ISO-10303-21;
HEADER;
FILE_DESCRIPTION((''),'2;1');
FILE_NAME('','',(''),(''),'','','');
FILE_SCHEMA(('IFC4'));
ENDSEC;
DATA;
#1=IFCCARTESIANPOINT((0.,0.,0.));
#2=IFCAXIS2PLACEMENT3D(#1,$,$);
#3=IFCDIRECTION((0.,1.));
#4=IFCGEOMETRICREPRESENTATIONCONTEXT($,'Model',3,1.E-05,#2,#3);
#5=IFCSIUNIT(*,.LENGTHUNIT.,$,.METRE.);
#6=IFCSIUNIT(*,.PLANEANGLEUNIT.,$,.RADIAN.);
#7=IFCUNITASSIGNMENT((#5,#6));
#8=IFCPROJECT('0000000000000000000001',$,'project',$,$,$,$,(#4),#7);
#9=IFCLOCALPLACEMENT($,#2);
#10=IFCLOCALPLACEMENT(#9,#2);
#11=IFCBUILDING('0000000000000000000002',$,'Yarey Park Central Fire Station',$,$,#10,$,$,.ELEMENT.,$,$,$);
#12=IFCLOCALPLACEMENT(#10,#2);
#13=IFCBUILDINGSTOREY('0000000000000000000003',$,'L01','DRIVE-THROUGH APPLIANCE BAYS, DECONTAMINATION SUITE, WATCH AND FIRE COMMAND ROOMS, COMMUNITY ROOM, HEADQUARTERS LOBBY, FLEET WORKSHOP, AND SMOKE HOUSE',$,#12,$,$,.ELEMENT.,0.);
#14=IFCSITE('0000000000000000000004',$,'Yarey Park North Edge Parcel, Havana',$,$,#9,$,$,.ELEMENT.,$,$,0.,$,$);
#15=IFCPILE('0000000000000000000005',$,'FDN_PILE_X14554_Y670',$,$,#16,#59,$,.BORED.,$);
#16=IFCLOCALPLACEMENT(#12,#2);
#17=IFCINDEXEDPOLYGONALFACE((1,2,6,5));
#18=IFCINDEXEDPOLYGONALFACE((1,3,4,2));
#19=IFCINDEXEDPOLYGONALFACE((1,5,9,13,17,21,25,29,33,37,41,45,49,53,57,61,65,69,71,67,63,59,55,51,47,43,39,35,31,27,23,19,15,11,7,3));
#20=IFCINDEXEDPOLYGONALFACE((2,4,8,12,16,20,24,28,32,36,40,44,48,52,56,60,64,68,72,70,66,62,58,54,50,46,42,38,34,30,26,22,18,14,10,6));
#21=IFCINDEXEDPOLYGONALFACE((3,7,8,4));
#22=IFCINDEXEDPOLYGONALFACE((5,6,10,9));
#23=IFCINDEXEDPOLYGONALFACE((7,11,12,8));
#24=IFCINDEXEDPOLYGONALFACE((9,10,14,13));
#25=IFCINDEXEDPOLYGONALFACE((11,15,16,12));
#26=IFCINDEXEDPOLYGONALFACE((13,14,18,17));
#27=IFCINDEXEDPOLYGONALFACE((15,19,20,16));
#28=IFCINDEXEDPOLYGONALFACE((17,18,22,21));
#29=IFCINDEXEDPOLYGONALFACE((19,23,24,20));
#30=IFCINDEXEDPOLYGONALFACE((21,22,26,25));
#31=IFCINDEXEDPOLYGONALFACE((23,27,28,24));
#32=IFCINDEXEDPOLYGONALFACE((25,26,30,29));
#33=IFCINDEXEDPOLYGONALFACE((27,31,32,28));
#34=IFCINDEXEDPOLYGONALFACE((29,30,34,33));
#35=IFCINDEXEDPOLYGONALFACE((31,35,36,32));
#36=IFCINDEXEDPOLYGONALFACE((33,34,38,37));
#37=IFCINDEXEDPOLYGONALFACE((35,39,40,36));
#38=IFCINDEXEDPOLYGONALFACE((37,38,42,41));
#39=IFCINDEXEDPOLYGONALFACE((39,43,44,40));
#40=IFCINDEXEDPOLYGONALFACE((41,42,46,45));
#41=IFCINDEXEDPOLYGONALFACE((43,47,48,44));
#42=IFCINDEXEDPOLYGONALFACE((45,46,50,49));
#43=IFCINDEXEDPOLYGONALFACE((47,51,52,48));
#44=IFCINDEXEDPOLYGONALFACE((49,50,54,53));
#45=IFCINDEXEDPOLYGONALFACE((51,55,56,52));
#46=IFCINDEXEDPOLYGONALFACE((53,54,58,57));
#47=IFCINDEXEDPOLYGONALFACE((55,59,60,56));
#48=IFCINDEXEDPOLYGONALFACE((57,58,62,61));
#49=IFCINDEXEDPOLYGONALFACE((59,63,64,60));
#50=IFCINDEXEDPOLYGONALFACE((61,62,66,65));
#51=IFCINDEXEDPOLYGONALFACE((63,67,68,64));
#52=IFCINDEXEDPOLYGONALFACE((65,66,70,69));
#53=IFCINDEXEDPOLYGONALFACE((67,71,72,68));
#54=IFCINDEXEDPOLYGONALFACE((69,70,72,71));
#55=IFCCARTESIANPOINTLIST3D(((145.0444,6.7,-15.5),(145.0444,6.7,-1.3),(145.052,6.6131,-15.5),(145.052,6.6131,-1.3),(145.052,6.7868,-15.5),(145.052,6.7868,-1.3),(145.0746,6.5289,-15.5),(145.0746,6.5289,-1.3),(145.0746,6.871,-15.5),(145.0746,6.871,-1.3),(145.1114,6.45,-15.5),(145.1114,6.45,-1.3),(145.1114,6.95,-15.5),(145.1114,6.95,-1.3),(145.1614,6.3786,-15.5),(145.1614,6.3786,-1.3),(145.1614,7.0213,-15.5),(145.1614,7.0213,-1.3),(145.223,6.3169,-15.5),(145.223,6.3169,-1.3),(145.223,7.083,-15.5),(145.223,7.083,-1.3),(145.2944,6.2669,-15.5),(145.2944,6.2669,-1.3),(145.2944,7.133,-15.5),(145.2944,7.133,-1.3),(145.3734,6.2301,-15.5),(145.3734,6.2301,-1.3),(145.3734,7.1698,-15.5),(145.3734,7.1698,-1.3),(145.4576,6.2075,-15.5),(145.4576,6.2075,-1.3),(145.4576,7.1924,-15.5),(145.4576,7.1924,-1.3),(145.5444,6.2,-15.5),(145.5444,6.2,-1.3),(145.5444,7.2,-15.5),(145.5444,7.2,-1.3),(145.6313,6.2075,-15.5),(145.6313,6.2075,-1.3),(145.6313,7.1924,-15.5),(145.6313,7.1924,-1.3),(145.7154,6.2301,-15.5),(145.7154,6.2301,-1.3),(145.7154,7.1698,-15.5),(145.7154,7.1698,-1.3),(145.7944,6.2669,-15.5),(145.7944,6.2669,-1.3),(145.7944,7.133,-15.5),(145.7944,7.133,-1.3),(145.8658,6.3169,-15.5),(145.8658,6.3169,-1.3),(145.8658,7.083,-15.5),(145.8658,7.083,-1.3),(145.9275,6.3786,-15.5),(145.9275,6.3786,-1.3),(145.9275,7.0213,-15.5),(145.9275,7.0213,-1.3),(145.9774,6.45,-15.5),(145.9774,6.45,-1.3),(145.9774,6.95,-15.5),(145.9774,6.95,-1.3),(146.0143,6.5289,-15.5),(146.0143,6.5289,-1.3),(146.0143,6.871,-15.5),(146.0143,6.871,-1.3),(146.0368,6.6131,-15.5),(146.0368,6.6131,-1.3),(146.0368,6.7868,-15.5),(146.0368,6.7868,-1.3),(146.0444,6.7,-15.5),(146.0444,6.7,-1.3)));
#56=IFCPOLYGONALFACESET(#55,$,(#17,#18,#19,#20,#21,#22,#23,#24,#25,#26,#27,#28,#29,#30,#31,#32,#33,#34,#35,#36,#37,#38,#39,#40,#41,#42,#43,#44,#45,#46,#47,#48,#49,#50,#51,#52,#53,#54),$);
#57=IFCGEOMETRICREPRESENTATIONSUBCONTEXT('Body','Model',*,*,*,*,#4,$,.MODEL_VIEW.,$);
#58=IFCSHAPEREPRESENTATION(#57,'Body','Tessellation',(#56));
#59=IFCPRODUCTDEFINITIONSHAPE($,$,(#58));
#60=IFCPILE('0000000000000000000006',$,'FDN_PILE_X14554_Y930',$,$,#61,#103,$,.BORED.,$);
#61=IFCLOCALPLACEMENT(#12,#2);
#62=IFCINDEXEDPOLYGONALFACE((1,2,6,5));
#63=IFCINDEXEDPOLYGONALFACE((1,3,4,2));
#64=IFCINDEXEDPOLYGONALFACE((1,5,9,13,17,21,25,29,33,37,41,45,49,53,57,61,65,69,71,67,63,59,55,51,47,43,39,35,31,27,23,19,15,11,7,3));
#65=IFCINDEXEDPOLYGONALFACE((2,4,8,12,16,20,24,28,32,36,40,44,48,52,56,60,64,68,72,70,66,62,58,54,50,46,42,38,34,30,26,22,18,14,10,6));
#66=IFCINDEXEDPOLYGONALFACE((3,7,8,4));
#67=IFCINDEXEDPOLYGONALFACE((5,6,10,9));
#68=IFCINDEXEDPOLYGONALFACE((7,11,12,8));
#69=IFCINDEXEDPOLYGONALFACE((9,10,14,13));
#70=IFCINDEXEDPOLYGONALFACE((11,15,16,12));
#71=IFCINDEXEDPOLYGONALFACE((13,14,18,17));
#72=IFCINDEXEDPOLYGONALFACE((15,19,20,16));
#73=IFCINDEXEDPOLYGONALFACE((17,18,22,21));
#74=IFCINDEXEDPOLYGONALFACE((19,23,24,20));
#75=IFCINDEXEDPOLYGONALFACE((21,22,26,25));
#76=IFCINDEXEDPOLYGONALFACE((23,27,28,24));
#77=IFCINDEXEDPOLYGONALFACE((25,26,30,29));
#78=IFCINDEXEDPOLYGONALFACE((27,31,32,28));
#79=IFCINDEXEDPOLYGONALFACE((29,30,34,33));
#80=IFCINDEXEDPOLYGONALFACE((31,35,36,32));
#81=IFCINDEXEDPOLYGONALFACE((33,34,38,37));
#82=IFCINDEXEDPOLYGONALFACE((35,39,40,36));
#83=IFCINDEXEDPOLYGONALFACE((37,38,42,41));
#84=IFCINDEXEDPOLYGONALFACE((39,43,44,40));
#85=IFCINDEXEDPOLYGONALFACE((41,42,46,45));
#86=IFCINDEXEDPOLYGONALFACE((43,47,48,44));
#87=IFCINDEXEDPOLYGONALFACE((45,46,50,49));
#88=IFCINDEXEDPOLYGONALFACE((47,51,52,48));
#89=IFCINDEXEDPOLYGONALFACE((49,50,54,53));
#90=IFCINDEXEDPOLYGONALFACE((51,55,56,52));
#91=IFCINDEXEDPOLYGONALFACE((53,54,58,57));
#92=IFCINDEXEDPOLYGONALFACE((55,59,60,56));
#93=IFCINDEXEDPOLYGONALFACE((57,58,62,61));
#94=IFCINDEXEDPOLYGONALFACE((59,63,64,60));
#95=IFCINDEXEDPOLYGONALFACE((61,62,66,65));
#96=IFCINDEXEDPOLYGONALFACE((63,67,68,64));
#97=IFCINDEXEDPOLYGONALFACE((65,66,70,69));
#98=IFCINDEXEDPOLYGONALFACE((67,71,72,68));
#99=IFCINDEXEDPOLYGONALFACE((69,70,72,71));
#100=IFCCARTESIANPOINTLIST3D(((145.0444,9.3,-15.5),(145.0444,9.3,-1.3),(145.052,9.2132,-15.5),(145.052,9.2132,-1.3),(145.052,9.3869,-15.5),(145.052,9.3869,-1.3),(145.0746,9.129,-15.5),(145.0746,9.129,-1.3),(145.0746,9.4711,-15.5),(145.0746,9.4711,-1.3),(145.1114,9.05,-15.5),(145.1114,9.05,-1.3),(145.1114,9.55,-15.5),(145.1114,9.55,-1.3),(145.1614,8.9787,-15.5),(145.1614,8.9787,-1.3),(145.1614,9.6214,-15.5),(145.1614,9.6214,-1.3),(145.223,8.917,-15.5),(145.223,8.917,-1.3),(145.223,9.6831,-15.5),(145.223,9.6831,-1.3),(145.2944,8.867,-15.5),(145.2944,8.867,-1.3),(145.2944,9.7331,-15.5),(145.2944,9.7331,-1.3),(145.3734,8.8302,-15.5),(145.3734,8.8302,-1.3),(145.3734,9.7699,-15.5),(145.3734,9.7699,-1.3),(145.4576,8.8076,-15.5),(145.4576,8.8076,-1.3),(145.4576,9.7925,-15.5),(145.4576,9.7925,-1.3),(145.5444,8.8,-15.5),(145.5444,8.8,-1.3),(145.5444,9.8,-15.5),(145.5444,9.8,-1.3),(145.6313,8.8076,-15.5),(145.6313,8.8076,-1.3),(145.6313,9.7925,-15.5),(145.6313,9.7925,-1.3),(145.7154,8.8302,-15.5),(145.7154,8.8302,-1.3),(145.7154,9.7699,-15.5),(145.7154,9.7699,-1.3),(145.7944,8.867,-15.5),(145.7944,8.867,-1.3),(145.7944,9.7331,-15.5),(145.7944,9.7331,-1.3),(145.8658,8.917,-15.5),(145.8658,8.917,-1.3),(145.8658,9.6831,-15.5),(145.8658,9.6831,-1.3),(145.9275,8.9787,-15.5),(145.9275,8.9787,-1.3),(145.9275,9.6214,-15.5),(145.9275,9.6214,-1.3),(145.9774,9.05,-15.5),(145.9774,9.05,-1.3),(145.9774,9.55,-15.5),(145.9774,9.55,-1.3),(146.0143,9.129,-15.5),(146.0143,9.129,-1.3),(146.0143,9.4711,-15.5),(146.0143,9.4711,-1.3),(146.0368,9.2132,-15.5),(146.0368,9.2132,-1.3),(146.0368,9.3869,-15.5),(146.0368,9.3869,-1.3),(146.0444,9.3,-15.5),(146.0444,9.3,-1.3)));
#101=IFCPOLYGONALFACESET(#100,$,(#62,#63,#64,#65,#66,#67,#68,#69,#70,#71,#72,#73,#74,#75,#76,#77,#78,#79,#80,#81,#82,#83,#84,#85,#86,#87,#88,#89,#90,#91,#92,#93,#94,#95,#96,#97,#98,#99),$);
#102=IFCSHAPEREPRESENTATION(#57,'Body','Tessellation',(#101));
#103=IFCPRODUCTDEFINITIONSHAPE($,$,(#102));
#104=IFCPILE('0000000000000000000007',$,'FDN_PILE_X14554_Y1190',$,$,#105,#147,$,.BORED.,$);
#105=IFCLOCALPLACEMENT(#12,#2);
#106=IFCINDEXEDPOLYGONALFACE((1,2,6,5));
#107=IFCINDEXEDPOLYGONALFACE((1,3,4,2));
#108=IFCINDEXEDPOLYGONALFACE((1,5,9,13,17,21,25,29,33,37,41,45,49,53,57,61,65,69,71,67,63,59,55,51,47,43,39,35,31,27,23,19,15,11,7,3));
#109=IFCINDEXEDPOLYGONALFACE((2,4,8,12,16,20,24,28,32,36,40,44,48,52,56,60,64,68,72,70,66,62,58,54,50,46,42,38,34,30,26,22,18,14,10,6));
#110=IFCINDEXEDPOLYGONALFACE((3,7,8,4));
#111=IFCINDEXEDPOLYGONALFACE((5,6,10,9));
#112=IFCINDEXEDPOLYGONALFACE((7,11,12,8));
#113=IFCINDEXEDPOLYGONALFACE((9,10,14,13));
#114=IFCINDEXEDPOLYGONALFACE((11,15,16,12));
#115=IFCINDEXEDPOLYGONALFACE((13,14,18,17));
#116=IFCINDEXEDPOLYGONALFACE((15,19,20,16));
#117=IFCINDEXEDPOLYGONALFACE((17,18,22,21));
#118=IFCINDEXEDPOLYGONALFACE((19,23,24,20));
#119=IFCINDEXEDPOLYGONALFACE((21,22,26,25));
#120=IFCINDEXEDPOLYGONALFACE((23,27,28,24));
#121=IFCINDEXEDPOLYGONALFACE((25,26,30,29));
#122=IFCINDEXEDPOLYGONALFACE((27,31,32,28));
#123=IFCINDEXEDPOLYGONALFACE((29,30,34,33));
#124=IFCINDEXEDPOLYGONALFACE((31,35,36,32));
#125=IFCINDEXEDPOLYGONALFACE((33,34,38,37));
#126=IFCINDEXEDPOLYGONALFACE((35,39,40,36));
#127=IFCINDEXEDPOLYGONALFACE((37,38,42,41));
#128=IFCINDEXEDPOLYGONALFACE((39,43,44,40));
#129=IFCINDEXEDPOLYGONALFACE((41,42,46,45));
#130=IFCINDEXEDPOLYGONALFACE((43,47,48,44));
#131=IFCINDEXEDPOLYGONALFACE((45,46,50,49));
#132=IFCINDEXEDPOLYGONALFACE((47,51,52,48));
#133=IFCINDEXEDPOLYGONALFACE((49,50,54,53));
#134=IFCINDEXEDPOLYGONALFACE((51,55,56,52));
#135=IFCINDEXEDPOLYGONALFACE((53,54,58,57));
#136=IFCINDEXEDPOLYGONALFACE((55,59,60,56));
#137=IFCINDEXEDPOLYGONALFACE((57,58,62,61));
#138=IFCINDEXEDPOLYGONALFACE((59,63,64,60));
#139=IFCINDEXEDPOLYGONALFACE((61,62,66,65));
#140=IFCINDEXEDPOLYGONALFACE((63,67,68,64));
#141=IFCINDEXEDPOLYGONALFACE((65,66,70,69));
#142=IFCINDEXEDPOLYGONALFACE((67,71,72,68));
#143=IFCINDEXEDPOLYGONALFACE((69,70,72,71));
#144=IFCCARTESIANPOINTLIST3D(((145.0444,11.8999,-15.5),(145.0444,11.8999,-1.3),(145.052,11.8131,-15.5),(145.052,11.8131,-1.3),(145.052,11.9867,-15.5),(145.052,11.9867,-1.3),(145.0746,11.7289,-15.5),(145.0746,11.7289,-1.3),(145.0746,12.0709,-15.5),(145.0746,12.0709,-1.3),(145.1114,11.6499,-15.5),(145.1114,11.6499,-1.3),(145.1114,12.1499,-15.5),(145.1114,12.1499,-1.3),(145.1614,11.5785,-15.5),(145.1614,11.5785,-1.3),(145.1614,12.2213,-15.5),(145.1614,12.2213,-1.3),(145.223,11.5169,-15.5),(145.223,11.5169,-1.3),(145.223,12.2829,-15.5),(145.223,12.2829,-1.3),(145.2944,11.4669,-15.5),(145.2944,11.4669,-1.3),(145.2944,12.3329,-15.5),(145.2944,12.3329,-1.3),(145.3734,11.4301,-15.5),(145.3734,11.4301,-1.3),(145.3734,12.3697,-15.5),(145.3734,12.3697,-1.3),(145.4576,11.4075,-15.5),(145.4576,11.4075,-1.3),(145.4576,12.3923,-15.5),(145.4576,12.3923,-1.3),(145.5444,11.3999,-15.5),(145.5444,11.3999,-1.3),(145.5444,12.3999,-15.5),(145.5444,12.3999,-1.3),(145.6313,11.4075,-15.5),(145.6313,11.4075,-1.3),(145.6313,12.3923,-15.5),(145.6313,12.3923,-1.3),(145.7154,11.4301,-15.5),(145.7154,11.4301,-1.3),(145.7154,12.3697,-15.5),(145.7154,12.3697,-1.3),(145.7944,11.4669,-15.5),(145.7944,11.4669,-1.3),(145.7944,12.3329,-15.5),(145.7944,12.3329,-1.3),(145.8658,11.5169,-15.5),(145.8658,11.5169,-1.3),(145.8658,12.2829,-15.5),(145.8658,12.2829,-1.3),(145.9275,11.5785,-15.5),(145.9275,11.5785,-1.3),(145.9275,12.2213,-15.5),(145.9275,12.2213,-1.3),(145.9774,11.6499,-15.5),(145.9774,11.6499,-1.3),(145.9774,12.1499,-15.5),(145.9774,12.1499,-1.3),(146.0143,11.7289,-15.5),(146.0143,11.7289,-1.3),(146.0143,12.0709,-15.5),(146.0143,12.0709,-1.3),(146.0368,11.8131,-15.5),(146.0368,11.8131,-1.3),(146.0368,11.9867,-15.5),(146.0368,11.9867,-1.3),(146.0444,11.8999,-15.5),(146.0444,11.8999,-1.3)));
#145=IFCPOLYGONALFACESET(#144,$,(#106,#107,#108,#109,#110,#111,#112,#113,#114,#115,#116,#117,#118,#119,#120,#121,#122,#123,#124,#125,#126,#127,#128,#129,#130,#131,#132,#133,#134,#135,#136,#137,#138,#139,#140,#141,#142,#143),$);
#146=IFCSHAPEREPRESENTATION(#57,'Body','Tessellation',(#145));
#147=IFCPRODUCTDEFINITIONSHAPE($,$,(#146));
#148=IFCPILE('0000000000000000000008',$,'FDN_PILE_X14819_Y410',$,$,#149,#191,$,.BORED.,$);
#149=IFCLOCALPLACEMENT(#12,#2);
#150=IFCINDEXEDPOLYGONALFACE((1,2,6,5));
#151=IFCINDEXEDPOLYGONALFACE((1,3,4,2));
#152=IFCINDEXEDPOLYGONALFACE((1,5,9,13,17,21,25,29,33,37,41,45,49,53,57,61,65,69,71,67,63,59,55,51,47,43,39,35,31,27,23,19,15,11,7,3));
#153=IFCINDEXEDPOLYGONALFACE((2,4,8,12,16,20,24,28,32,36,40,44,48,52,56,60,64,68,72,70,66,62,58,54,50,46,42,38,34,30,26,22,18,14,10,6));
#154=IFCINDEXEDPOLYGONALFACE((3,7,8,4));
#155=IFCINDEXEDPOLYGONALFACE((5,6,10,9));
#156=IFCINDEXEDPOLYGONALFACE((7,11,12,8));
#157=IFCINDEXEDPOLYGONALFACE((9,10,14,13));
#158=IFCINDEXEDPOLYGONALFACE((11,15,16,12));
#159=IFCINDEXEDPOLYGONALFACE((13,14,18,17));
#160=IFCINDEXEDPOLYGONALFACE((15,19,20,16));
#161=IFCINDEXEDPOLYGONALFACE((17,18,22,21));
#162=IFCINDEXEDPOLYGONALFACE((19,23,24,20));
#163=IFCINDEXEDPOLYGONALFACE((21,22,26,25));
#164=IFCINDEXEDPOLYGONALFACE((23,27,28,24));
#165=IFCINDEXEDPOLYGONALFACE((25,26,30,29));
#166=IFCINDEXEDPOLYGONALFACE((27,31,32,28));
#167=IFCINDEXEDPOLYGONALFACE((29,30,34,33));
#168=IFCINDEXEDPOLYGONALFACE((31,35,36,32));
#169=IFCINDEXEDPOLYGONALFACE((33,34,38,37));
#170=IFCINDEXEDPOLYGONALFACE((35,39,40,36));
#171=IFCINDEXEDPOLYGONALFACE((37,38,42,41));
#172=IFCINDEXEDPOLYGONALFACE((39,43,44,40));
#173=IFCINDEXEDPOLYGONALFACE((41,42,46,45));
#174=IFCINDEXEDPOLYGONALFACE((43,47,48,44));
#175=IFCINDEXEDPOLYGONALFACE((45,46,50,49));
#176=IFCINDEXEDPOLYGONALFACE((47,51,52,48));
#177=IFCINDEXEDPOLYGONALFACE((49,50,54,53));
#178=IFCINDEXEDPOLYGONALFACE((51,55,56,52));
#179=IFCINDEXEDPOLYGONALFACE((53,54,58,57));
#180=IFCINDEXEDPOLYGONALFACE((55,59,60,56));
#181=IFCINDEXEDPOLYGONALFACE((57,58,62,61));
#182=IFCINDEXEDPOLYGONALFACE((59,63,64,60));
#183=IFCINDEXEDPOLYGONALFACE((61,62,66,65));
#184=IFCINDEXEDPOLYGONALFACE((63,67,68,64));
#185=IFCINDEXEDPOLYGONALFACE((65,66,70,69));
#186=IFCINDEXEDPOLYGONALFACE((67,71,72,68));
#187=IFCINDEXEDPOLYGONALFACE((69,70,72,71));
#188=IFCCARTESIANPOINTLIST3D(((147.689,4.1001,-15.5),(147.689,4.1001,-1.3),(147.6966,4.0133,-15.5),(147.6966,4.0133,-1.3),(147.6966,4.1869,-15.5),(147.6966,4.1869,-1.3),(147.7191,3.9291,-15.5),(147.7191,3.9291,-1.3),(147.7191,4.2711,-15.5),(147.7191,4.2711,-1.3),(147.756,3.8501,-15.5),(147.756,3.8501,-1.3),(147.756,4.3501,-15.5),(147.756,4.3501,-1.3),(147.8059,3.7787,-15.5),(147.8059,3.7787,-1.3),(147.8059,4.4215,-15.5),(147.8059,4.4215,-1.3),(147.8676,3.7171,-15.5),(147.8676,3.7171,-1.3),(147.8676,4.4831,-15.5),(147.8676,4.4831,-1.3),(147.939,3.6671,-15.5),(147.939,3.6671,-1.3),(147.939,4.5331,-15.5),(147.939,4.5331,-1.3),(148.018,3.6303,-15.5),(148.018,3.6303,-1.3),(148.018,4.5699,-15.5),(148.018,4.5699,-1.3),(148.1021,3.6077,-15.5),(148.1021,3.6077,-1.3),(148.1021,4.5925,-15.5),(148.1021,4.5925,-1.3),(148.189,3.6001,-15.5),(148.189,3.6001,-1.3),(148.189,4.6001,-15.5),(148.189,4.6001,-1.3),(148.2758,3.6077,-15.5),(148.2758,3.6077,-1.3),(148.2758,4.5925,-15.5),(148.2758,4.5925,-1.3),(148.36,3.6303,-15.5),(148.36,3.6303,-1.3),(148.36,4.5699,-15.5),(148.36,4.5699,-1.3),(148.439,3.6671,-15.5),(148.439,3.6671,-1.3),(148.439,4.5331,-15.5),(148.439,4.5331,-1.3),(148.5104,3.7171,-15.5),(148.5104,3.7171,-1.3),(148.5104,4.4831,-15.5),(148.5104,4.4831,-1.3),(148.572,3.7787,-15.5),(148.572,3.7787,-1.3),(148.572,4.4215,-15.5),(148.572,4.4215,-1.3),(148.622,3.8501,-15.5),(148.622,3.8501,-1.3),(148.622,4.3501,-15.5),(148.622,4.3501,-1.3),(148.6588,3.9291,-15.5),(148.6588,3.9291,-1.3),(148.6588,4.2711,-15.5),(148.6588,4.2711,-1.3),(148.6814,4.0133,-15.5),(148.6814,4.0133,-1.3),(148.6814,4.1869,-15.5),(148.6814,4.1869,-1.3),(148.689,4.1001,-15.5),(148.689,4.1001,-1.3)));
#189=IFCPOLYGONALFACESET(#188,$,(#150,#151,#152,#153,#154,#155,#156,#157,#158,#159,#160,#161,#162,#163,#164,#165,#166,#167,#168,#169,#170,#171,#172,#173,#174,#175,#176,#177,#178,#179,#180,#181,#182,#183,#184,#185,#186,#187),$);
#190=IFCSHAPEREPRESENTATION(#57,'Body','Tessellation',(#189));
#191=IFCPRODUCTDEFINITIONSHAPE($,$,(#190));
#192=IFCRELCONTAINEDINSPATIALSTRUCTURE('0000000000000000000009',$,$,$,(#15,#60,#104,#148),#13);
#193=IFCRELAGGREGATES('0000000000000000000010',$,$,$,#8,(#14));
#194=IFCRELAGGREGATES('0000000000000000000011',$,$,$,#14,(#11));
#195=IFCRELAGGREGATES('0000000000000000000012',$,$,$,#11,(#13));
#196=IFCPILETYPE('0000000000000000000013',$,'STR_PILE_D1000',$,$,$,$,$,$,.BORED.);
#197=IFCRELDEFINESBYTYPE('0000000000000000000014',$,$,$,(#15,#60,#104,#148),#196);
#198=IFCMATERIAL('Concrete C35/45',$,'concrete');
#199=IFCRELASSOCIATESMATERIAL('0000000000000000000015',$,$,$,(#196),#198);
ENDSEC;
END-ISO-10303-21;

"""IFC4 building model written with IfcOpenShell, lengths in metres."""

from ifc_helpers import new_model, si_unit, direction, frame, origin, origin_2d, place, context, subcontext, project, spatial, circle, extrude, material, material_profile, profile_set, type_object, element, save


model = new_model("IFC4")

# Units and contexts
model_context = context("Model", 3, precision=1e-05, world=origin(), true_north=direction((0.0, 1.0)))
body_context = subcontext(model_context, "Body", "Model", "MODEL_VIEW")
ifc_project = project(units=[si_unit("LENGTHUNIT", "METRE"), si_unit("PLANEANGLEUNIT", "RADIAN")], contexts=[model_context])

# Site, building, storey
site_placement = place(None, origin())
site = spatial("IfcSite", under=ifc_project, at=site_placement, Name="Yarey Park North Edge Parcel, Havana", CompositionType="ELEMENT", RefElevation=0.0)
building_placement = place(site_placement, origin())
building = spatial("IfcBuilding", under=site, at=building_placement, Name="Yarey Park Central Fire Station", CompositionType="ELEMENT")
storey_placement = place(building_placement, origin())
storey = spatial("IfcBuildingStorey", under=building, at=storey_placement, Name="L01", Description="DRIVE-THROUGH APPLIANCE BAYS, DECONTAMINATION SUITE, WATCH AND FIRE COMMAND ROOMS, COMMUNITY ROOM, HEADQUARTERS LOBBY, FLEET WORKSHOP, AND SMOKE HOUSE", CompositionType="ELEMENT", Elevation=0.0)

# Piles
ifc_material_1 = material(Name="Concrete C35/45", Category="concrete")
ifc_material_profile_1 = material_profile(ifc_material_1, circle(Radius=0.5, at=origin_2d()), Name="BORED PILE D1000")
ifc_profile_set_1 = profile_set([ifc_material_profile_1], Name="Concrete C35/45")
pile_type = type_object("IfcPileType", Name="STR_PILE_D1000", PredefinedType="BORED", material=ifc_profile_set_1)
for number, where, z_axis, x_axis, name in (
    (1, (145.5444, 6.7, -1.3), (0.0, 0.0, -1.0), (1.0, 0.0, 0.0), "FDN_PILE_X14554_Y670"),
    (2, (145.5444, 9.3, -1.3), (0.0, 0.0, -1.0), (1.0, 0.0, 0.0), "FDN_PILE_X14554_Y930"),
    (3, (145.5444, 11.8999, -1.3), (0.0, 0.0, -1.0), (1.0, 0.0, 0.0), "FDN_PILE_X14554_Y1190"),
    (4, (148.189, 4.1001, -1.3), (0.0, 0.0, -1.0), (1.0, 0.0, 0.0), "FDN_PILE_X14819_Y410"),
):
    element("IfcPile", number, at=place(storey_placement, frame(where, z_axis=z_axis, x_axis=x_axis)), inside=storey, type_object=pile_type, Name=name, PredefinedType="BORED", context=body_context, shape_type="SweptSolid", body=[
        extrude(circle(Radius=0.5, at=origin_2d()), origin(), (0.0, 0.0, 1.0), 14.2),
    ])

save(model, "model.ifc")
